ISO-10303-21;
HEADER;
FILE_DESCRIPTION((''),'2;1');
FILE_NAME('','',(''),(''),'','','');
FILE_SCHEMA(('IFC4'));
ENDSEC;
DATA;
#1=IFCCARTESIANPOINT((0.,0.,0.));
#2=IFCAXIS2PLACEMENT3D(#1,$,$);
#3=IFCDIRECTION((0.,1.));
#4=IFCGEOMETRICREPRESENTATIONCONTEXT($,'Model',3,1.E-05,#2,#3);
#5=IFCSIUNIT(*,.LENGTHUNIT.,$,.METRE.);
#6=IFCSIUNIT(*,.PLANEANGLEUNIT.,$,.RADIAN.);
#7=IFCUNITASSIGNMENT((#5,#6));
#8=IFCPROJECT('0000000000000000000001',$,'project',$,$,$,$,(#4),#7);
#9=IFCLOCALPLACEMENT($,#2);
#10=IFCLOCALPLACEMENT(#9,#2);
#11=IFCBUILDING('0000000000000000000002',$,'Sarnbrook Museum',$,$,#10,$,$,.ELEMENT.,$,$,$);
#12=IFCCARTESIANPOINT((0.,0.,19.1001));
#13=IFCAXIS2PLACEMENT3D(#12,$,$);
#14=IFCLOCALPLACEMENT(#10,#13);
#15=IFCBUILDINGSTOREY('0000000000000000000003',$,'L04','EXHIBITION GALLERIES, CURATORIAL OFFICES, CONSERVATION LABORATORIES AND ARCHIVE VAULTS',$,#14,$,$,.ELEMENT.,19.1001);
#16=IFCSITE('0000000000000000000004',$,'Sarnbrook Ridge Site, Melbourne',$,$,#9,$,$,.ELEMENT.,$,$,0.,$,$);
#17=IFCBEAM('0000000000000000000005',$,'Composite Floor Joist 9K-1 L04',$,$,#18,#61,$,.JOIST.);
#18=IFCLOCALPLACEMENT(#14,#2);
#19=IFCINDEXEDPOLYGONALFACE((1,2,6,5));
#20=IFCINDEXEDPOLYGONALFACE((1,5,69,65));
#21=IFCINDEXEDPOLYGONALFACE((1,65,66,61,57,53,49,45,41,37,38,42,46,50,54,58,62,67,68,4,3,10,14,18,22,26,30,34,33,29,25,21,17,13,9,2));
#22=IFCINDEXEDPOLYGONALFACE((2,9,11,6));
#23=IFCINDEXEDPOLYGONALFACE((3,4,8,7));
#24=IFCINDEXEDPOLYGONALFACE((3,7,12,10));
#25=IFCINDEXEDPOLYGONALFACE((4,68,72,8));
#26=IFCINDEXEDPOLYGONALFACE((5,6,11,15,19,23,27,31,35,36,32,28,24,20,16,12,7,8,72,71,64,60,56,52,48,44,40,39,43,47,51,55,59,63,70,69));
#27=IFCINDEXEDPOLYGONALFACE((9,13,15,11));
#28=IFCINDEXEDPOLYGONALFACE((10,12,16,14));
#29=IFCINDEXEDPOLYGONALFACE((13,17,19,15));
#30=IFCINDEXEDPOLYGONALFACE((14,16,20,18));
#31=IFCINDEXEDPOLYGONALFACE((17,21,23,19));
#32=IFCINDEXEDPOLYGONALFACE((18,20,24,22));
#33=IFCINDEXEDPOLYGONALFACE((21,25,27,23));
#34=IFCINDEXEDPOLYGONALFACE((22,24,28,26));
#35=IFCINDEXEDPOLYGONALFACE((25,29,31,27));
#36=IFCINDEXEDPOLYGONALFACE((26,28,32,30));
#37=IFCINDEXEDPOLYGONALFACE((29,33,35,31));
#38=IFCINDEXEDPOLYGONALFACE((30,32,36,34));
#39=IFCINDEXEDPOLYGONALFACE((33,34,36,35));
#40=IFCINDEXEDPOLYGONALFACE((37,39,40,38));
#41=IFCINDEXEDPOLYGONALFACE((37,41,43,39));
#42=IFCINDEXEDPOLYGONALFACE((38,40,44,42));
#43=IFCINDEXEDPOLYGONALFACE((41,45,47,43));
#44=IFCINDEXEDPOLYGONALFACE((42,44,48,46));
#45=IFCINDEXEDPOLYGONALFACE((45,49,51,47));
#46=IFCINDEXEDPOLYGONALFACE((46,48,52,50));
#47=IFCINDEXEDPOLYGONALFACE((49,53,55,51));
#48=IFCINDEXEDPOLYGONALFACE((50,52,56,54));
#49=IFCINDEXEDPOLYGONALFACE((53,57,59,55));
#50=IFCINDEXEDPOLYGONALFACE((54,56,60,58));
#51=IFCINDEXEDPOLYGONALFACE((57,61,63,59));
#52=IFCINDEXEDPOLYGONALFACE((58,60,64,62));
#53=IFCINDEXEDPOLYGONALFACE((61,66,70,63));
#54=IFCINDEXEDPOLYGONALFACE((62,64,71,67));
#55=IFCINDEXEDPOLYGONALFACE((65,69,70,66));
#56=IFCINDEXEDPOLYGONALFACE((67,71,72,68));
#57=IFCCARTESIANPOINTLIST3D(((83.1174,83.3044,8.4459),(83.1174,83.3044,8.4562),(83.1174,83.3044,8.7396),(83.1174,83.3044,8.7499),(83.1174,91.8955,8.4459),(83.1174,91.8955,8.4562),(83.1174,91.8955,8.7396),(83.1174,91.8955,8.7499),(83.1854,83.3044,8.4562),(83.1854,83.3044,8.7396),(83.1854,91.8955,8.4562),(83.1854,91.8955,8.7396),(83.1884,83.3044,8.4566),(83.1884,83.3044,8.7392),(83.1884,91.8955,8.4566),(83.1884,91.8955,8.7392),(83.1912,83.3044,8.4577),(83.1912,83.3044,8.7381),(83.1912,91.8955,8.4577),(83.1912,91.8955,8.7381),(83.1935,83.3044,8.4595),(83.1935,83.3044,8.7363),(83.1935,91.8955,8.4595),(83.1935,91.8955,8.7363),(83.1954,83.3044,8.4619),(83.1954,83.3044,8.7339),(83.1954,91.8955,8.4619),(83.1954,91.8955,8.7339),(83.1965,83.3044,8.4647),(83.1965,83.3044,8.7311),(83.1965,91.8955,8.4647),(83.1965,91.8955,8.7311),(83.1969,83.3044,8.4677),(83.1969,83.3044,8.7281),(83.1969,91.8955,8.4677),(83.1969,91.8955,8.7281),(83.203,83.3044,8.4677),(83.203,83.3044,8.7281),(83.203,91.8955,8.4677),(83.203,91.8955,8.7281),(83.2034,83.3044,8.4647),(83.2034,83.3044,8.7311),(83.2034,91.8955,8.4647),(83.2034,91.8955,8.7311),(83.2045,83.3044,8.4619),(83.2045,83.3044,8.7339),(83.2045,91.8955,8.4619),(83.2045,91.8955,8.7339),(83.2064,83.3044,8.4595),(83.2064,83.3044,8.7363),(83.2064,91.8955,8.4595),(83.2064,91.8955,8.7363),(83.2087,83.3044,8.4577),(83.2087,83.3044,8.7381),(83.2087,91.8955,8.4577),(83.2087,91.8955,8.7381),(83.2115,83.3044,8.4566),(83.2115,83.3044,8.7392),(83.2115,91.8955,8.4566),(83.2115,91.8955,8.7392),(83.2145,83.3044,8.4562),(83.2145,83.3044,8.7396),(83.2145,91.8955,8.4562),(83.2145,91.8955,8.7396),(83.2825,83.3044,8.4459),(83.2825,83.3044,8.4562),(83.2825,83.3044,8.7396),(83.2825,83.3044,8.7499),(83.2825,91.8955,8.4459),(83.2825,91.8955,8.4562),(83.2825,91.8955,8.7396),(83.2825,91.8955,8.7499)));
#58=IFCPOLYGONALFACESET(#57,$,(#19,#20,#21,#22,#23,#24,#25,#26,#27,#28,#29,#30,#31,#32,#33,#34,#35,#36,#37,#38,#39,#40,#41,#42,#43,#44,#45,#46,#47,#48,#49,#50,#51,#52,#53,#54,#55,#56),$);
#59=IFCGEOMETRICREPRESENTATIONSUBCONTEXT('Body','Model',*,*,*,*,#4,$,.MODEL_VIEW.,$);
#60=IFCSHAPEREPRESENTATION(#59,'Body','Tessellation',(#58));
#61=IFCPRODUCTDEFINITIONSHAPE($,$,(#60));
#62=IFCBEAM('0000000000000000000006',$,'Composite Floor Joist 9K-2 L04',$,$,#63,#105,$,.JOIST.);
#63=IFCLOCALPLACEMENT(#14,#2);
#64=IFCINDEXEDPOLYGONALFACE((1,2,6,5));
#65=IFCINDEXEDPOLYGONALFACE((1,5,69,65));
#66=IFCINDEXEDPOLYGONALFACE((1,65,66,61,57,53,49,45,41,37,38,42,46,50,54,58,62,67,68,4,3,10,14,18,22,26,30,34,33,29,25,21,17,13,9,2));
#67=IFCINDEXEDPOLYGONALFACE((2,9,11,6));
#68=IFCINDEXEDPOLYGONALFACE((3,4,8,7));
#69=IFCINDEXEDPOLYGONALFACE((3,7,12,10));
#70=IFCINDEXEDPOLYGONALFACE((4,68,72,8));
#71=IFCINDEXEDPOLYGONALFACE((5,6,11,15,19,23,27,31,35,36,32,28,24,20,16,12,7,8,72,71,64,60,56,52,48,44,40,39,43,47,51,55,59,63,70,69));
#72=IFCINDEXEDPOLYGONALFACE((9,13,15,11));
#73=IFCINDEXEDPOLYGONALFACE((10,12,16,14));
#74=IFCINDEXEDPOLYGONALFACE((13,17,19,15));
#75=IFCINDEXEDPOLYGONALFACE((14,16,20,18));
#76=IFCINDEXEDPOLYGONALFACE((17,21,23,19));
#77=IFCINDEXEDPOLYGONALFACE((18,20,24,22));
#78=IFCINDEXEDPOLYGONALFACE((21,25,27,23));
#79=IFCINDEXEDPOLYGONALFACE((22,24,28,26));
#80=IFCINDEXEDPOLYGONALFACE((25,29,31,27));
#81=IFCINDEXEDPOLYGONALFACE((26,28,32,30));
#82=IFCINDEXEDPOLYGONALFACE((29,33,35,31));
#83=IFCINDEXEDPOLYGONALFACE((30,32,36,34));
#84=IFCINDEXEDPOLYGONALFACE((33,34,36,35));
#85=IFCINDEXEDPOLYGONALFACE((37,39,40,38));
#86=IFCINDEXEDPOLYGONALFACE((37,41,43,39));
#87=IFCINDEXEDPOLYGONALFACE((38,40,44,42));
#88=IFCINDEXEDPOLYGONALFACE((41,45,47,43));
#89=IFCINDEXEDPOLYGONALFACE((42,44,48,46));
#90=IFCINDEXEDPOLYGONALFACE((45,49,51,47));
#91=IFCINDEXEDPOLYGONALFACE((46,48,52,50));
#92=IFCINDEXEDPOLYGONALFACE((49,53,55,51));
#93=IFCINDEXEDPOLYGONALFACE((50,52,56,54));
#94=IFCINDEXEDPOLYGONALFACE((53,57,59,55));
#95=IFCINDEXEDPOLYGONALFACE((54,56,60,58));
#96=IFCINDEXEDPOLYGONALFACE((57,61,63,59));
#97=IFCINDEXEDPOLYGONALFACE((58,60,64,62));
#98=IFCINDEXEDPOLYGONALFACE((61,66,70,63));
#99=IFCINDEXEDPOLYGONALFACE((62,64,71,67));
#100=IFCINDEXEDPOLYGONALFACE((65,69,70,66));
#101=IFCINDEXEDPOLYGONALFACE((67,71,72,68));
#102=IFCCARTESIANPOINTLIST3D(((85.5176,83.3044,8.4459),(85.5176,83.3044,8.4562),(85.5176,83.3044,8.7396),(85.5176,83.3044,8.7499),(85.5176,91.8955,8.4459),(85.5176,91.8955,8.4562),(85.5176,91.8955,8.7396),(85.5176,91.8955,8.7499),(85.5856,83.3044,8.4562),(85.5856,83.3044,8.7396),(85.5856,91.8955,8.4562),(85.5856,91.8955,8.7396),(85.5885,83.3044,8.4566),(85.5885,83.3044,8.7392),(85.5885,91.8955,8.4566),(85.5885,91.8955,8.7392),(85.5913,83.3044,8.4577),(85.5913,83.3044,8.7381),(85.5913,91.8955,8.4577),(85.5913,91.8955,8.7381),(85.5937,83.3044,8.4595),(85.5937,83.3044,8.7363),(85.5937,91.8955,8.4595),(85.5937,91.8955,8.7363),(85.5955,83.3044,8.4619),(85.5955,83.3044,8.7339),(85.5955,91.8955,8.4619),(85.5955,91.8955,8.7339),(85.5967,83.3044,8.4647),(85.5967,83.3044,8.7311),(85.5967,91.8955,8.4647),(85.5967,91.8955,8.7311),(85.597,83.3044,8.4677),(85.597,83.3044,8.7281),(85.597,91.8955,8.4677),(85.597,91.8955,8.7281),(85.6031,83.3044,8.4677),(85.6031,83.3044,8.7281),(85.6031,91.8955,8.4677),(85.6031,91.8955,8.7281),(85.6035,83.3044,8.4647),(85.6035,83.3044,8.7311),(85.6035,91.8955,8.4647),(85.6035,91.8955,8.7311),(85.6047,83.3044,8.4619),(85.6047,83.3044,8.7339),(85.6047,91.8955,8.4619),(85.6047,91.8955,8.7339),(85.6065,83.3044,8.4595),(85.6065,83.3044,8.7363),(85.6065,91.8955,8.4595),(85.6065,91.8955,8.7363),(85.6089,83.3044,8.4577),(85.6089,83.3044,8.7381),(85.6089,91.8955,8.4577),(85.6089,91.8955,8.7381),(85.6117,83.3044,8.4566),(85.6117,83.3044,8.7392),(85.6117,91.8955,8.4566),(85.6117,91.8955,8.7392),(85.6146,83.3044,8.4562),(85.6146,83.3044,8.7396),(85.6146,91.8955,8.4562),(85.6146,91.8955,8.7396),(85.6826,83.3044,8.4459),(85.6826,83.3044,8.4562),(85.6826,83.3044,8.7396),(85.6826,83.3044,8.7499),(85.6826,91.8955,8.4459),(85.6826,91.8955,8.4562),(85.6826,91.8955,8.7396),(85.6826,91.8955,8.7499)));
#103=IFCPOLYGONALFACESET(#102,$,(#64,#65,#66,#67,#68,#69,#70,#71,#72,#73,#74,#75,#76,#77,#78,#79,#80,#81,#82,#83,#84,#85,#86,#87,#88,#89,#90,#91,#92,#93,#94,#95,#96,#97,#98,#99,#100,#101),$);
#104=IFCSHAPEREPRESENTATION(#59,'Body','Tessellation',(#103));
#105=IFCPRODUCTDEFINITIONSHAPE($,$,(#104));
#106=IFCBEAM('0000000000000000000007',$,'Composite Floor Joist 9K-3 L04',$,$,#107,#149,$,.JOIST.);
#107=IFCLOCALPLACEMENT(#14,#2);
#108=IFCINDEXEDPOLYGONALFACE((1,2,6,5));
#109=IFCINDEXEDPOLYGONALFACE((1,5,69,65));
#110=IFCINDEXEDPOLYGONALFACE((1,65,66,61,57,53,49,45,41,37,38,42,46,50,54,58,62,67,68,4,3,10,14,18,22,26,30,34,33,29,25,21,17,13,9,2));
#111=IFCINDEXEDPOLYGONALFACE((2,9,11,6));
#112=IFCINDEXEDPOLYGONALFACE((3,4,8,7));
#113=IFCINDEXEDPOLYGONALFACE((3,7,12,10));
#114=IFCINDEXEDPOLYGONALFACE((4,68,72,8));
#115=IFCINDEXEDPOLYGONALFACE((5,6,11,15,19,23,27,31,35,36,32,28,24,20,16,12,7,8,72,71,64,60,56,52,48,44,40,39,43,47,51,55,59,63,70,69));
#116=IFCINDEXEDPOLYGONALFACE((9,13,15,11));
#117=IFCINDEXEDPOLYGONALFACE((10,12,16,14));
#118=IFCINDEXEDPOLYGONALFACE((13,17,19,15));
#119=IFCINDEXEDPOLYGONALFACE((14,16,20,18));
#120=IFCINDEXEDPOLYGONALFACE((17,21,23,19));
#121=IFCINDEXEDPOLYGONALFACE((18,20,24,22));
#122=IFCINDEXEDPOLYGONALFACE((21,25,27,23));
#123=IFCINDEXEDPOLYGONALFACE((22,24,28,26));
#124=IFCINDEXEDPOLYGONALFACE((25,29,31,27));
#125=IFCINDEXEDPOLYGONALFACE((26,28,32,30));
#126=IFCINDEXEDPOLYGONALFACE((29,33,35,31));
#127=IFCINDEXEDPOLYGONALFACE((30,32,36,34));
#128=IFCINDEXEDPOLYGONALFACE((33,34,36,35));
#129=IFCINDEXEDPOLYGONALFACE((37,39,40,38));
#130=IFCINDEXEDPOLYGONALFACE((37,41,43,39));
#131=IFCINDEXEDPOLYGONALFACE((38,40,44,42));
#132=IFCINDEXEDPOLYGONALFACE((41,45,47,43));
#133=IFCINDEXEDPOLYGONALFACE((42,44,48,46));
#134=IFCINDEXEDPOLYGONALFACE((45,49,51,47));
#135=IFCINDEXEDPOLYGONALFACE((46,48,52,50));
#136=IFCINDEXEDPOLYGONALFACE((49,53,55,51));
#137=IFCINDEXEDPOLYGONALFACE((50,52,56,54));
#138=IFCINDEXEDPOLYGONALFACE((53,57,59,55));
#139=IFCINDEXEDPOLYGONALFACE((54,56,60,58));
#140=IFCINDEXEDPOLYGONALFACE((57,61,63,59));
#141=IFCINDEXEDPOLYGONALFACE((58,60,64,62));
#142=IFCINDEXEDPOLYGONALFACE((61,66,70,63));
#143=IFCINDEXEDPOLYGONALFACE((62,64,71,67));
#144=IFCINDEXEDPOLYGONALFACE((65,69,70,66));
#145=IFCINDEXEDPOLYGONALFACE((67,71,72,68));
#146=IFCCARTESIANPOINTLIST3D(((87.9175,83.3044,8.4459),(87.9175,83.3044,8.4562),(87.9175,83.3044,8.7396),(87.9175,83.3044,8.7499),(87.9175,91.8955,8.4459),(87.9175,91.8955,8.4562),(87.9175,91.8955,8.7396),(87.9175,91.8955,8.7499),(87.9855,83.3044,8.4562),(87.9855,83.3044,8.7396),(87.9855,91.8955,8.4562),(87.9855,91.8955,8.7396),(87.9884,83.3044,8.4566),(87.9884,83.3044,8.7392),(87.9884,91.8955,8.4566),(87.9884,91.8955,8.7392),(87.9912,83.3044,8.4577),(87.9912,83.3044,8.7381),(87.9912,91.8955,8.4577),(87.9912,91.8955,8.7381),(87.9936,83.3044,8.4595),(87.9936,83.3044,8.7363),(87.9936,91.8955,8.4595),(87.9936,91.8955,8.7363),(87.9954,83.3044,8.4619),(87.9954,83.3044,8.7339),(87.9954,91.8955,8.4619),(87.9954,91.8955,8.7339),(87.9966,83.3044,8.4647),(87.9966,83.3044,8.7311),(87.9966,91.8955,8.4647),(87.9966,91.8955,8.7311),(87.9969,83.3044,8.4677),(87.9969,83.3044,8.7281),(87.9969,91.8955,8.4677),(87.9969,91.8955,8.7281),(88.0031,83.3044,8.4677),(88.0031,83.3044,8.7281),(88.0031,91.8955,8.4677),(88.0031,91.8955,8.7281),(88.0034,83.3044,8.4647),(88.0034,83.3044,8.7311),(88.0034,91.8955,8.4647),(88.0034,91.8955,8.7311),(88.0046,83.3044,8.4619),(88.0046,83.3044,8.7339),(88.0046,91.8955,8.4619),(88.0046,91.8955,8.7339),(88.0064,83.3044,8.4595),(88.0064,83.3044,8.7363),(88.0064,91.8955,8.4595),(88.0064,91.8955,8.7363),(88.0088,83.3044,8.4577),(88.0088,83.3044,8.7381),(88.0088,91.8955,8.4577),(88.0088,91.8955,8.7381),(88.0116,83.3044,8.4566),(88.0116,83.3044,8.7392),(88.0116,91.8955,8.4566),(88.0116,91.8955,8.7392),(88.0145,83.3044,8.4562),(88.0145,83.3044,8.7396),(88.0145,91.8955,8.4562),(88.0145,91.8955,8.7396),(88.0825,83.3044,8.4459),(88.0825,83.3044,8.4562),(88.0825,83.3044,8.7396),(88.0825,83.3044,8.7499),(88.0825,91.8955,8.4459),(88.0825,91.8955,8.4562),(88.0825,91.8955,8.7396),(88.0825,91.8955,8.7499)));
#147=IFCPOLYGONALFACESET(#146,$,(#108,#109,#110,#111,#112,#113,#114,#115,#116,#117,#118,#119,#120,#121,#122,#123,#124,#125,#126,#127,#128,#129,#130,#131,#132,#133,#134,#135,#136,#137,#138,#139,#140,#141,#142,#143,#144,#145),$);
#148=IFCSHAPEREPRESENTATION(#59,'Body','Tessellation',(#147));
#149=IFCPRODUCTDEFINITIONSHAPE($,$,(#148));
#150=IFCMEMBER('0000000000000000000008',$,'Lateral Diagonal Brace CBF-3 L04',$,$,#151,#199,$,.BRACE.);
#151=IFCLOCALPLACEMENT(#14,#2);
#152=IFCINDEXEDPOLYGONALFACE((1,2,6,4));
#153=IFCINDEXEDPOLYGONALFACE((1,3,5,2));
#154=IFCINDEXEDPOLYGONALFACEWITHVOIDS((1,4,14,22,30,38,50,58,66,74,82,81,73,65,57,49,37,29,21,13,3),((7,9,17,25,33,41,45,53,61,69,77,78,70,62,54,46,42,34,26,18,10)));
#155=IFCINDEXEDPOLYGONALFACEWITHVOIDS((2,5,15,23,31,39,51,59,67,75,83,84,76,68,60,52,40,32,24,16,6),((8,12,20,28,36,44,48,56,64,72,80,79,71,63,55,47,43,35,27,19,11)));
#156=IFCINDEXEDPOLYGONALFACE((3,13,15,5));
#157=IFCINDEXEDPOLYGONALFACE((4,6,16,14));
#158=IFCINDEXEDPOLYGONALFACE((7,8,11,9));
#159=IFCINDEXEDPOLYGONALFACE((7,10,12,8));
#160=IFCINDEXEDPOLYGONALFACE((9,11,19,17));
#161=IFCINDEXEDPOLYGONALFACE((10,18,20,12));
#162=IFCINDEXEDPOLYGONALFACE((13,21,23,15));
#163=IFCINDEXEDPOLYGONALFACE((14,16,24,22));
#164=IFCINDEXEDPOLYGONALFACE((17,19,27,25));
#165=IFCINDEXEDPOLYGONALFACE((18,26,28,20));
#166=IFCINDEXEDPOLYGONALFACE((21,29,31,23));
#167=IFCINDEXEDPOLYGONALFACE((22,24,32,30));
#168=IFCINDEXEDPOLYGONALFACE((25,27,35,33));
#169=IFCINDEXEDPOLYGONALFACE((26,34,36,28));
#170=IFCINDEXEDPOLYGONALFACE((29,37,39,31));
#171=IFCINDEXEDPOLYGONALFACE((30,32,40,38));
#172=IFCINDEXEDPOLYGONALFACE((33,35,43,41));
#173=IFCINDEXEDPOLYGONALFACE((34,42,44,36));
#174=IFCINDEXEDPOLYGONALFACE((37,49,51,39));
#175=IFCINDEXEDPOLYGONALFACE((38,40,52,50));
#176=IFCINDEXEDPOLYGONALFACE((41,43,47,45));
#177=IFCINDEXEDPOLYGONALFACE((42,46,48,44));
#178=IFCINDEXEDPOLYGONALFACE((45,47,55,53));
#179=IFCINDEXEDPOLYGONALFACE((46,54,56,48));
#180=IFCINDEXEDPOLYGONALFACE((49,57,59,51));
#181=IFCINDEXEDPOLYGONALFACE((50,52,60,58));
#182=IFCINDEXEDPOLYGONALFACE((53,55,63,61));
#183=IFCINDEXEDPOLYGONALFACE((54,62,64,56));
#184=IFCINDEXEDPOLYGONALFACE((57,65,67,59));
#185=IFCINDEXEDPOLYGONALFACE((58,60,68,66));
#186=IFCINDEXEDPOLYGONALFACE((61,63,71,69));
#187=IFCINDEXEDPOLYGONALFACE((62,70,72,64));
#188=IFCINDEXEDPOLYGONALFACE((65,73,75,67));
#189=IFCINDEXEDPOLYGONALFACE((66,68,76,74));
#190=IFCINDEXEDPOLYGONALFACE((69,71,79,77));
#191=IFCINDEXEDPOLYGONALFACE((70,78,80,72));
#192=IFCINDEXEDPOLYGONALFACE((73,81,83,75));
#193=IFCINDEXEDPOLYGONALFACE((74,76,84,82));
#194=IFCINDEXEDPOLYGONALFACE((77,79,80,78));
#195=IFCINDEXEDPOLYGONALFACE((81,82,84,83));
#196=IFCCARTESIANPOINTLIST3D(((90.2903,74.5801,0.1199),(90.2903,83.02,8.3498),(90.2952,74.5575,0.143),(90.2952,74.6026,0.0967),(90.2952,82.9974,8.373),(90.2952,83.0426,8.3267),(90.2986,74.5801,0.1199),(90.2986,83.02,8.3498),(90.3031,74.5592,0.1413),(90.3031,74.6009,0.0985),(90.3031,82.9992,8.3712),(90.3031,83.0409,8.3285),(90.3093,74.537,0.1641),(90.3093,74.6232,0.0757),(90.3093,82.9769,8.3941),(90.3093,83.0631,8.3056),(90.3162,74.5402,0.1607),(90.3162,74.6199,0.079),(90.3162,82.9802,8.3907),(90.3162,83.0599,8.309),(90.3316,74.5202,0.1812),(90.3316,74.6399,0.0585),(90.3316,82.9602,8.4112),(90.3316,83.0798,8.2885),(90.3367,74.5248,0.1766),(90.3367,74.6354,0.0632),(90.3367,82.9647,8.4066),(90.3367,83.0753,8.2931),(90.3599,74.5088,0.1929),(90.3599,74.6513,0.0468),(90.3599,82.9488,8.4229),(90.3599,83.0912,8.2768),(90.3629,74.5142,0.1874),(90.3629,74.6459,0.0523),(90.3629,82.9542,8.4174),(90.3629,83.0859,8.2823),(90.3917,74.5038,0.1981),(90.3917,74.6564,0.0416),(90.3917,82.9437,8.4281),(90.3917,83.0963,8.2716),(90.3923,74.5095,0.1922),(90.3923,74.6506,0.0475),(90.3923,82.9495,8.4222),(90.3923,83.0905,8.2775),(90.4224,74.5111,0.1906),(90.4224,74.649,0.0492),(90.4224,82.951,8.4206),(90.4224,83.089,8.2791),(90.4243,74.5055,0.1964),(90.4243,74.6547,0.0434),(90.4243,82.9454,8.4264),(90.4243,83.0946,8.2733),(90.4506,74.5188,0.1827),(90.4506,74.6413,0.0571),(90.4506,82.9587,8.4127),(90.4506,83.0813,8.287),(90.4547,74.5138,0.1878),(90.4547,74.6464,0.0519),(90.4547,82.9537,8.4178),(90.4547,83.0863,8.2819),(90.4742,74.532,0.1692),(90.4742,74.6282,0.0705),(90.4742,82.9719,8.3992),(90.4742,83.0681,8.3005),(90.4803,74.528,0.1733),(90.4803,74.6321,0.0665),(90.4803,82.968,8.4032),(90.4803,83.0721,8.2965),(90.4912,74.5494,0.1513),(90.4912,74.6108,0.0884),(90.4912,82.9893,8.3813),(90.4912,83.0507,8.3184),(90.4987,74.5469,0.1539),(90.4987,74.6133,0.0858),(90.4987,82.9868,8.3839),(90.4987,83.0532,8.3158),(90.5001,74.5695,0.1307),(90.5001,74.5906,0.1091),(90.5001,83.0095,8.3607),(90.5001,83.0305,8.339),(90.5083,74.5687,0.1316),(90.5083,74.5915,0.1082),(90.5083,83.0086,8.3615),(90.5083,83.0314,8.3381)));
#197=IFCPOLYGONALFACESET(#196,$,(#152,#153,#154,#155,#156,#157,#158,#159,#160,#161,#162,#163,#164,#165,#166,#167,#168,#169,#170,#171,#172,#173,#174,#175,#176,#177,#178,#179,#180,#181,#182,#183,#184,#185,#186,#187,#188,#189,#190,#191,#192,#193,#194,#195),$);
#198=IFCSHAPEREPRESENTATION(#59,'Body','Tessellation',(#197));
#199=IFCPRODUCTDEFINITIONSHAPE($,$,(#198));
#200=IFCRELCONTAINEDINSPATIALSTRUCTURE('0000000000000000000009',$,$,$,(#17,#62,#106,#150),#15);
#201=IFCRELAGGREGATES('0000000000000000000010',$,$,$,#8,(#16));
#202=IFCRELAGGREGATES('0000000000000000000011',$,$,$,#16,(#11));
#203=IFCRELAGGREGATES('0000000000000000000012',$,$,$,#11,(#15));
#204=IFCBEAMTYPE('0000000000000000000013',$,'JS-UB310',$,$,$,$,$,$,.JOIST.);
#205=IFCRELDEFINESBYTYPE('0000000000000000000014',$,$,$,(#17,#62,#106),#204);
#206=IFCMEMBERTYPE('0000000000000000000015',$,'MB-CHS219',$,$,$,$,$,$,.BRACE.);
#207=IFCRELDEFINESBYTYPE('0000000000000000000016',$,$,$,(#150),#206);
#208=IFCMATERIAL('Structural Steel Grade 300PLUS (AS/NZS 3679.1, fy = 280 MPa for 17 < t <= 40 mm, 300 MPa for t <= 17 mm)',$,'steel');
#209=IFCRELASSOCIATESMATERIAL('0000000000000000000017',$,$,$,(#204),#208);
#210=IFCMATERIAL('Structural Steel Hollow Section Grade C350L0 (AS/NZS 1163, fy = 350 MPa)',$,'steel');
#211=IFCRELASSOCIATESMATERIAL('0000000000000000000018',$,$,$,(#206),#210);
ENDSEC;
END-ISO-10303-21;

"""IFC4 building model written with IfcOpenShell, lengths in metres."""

from ifc_helpers import new_model, si_unit, direction, frame, origin, origin_2d, place, context, subcontext, project, spatial, hollow_circle, i_section, extrude, material, material_profile, profile_set, type_object, element, save


model = new_model("IFC4")

# Units and contexts
model_context = context("Model", 3, precision=1e-05, world=origin(), true_north=direction((0.0, 1.0)))
body_context = subcontext(model_context, "Body", "Model", "MODEL_VIEW")
ifc_project = project(units=[si_unit("LENGTHUNIT", "METRE"), si_unit("PLANEANGLEUNIT", "RADIAN")], contexts=[model_context])

# Site, building, storey
site_placement = place(None, origin())
site = spatial("IfcSite", under=ifc_project, at=site_placement, Name="Sarnbrook Ridge Site, Melbourne", CompositionType="ELEMENT", RefElevation=0.0)
building_placement = place(site_placement, origin())
building = spatial("IfcBuilding", under=site, at=building_placement, Name="Sarnbrook Museum", CompositionType="ELEMENT")
storey_placement = place(building_placement, frame((0.0, 0.0, 19.1001)))
storey = spatial("IfcBuildingStorey", under=building, at=storey_placement, Name="L04", Description="EXHIBITION GALLERIES, CURATORIAL OFFICES, CONSERVATION LABORATORIES AND ARCHIVE VAULTS", CompositionType="ELEMENT", Elevation=19.1001)

# Shared definitions
ifc_material_1 = material(Name="Structural Steel Grade 300PLUS (AS/NZS 3679.1, fy = 280 MPa for 17 < t <= 40 mm, 300 MPa for t <= 17 mm)", Category="steel")

# Beams
ifc_material_profile_1 = material_profile(ifc_material_1, i_section(OverallWidth=0.165, OverallDepth=0.304, WebThickness=0.0061, FlangeThickness=0.0103, FilletRadius=0.0115, at=origin_2d()), Name="310UB40.4")
ifc_profile_set_1 = profile_set([ifc_material_profile_1], Name="Structural Steel Grade 300PLUS (AS/NZS 3679.1, fy = 280 MPa for 17 < t <= 40 mm, 300 MPa for t <= 17 mm)")
beam_type_1 = type_object("IfcBeamType", Name="JS-UB310", PredefinedType="JOIST", material=ifc_profile_set_1)
for number, where, z_axis, x_axis, name in (
    (1, (83.2, 83.3044, 8.5979), (0.0, 1.0, 0.0), (-1.0, 0.0, 0.0), "Composite Floor Joist 9K-1 L04"),
    (2, (85.6001, 83.3044, 8.5979), (0.0, 1.0, 0.0), (-1.0, 0.0, 0.0), "Composite Floor Joist 9K-2 L04"),
    (3, (88.0, 83.3044, 8.5979), (0.0, 1.0, 0.0), (-1.0, 0.0, 0.0), "Composite Floor Joist 9K-3 L04"),
):
    element("IfcBeam", number, at=place(storey_placement, frame(where, z_axis=z_axis, x_axis=x_axis)), inside=storey, type_object=beam_type_1, Name=name, PredefinedType="JOIST", context=body_context, shape_type="SweptSolid", body=[
        extrude(i_section(OverallWidth=0.165, OverallDepth=0.304, WebThickness=0.0061, FlangeThickness=0.0103, FilletRadius=0.0115, at=origin_2d()), origin(), (0.0, 0.0, 1.0), 8.5911),
    ])

# Member
ifc_material_2 = material(Name="Structural Steel Hollow Section Grade C350L0 (AS/NZS 1163, fy = 350 MPa)", Category="steel")
ifc_material_profile_2 = material_profile(ifc_material_2, hollow_circle(Radius=0.1096, WallThickness=0.0083, at=origin_2d()), Name="219.1x8.2CHS")
ifc_profile_set_2 = profile_set([ifc_material_profile_2], Name="Structural Steel Hollow Section Grade C350L0 (AS/NZS 1163, fy = 350 MPa)")
member_type = type_object("IfcMemberType", Name="MB-CHS219", PredefinedType="BRACE", material=ifc_profile_set_2)
member_placement = place(storey_placement, frame((90.3999, 74.5801, 0.1199), z_axis=(0.0, 0.715956, 0.698145), x_axis=(-1.0, 0.0, 0.0)))
element("IfcMember", 4, at=member_placement, inside=storey, type_object=member_type, Name="Lateral Diagonal Brace CBF-3 L04", PredefinedType="BRACE", context=body_context, shape_type="SweptSolid", body=[
    extrude(hollow_circle(Radius=0.1096, WallThickness=0.0083, at=origin_2d()), origin(), (0.0, 0.0, 1.0), 11.7883),
])

save(model, "model.ifc")
